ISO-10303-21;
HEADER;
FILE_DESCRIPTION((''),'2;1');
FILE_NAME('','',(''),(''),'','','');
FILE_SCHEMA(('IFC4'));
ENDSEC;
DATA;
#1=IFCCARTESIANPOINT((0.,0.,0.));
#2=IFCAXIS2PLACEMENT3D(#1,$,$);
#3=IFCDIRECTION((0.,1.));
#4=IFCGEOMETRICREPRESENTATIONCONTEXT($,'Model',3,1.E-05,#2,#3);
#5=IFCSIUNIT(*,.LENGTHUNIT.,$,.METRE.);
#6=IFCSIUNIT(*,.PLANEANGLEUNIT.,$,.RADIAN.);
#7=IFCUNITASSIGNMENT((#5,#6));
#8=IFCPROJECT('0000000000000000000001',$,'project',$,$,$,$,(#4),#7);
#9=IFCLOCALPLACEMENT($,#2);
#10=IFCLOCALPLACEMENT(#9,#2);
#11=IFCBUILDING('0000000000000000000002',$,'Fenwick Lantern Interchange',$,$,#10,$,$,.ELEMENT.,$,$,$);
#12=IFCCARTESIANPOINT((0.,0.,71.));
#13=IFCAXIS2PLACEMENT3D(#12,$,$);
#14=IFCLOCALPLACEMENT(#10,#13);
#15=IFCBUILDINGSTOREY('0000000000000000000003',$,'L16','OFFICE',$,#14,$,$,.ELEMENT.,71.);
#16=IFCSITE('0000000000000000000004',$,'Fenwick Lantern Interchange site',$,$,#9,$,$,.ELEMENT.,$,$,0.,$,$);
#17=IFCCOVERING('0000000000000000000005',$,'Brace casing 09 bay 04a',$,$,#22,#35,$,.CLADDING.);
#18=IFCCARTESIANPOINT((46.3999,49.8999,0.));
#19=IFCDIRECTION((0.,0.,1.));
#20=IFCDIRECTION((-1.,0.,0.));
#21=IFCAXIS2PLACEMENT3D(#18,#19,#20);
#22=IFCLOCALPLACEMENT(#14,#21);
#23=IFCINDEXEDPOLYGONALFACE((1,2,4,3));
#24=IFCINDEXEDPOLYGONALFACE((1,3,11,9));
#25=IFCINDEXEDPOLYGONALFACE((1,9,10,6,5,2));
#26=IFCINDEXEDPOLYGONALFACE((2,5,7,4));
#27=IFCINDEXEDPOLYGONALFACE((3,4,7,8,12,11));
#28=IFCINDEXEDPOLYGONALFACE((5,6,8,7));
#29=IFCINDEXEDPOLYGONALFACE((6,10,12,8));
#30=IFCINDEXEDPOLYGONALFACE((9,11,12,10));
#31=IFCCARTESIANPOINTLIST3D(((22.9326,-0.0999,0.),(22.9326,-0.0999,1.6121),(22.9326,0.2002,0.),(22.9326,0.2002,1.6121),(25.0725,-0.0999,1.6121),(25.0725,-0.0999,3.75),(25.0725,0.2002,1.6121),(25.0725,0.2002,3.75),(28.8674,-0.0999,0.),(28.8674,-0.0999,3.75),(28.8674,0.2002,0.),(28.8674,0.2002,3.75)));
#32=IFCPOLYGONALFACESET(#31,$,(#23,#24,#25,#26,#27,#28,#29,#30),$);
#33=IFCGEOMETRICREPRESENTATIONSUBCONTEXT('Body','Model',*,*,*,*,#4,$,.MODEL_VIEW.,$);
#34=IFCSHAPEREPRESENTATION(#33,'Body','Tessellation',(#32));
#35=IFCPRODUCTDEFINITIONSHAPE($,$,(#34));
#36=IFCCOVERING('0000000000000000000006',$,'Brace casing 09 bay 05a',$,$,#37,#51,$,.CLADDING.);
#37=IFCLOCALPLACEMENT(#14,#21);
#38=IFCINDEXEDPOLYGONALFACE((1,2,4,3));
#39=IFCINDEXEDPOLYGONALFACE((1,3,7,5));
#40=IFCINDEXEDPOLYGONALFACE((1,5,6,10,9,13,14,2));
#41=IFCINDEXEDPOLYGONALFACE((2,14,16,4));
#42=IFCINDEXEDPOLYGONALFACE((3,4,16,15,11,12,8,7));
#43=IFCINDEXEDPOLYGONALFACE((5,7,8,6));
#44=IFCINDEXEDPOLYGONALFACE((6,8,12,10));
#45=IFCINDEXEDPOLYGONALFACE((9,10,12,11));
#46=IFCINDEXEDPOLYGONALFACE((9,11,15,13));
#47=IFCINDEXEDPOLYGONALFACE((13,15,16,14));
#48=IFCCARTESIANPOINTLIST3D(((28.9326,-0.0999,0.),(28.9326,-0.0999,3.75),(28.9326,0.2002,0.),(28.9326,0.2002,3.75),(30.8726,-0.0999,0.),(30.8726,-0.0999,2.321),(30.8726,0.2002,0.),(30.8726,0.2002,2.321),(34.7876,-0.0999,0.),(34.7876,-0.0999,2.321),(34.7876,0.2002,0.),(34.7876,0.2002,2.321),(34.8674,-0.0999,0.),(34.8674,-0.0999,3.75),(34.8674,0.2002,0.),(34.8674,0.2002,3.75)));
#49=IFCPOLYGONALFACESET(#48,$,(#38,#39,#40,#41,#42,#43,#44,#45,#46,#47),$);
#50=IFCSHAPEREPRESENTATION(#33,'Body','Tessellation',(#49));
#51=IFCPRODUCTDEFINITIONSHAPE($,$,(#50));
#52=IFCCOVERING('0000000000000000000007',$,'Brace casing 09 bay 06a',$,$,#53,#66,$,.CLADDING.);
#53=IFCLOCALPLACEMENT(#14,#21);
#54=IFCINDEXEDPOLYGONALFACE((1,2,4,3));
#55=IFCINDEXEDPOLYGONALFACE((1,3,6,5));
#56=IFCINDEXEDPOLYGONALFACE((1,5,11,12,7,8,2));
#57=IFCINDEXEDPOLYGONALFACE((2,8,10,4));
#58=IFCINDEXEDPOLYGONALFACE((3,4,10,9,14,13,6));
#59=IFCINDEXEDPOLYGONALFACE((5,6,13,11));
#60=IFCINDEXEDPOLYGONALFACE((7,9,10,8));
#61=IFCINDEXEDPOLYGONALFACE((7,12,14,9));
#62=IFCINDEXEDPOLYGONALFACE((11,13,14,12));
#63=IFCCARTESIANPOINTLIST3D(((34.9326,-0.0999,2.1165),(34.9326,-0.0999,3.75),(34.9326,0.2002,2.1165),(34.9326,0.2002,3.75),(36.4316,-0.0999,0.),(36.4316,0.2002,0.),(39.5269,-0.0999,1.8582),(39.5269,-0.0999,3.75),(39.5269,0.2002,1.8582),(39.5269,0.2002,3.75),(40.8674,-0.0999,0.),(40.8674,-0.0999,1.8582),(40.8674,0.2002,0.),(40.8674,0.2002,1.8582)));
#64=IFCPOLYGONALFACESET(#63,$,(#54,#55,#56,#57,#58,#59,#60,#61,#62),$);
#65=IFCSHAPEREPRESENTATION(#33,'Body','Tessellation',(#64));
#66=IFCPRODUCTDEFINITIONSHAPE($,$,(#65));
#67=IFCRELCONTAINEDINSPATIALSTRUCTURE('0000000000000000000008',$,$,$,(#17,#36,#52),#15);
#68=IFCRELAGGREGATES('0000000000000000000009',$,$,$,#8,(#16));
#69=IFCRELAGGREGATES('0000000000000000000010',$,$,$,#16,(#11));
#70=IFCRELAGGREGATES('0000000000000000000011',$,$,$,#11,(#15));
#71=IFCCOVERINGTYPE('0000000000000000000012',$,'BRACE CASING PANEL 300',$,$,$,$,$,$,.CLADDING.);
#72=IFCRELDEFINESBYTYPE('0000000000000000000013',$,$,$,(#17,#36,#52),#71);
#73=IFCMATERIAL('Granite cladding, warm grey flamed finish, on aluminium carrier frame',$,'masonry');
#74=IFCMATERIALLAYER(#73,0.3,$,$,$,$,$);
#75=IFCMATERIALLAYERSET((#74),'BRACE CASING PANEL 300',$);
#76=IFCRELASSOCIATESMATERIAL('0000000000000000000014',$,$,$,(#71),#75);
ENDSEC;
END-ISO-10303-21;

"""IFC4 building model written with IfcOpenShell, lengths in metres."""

from ifc_helpers import new_model, si_unit, direction, frame, origin, place, context, subcontext, project, spatial, polyline, outline, extrude, material, layer, layer_set, type_object, element, save


model = new_model("IFC4")

# Units and contexts
model_context = context("Model", 3, precision=1e-05, world=origin(), true_north=direction((0.0, 1.0)))
body_context = subcontext(model_context, "Body", "Model", "MODEL_VIEW")
ifc_project = project(units=[si_unit("LENGTHUNIT", "METRE"), si_unit("PLANEANGLEUNIT", "RADIAN")], contexts=[model_context])

# Site, building, storey
site_placement = place(None, origin())
site = spatial("IfcSite", under=ifc_project, at=site_placement, Name="Fenwick Lantern Interchange site", CompositionType="ELEMENT", RefElevation=0.0)
building_placement = place(site_placement, origin())
building = spatial("IfcBuilding", under=site, at=building_placement, Name="Fenwick Lantern Interchange", CompositionType="ELEMENT")
storey_placement = place(building_placement, frame((0.0, 0.0, 71.0)))
storey = spatial("IfcBuildingStorey", under=building, at=storey_placement, Name="L16", Description="OFFICE", CompositionType="ELEMENT", Elevation=71.0)

# Coverings
ifc_material_1 = material(Name="Granite cladding, warm grey flamed finish, on aluminium carrier frame", Category="masonry")
ifc_layer_1 = layer(ifc_material_1, 0.3)
ifc_layer_set_1 = layer_set([ifc_layer_1], Name="BRACE CASING PANEL 300")
covering_type = type_object("IfcCoveringType", Name="BRACE CASING PANEL 300", PredefinedType="CLADDING", material=ifc_layer_set_1)
covering_1_placement = place(storey_placement, frame((46.3999, 49.8999, 0.0), z_axis=(0.0, 0.0, 1.0), x_axis=(-1.0, 0.0, 0.0)))
element("IfcCovering", 1, at=covering_1_placement, inside=storey, type_object=covering_type, Name="Brace casing 09 bay 04a", PredefinedType="CLADDING", context=body_context, shape_type="SweptSolid", body=[
    extrude(outline(polyline([(22.9326, 0.0), (28.8674, 0.0), (28.8674, 3.75), (25.0725, 3.75), (25.0725, 1.6121), (22.9326, 1.6121), (22.9326, 0.0)])), frame((0.0, 0.2002, 0.0), z_axis=(0.0, -1.0, 0.0), x_axis=(1.0, 0.0, 0.0)), (0.0, 0.0, 1.0), 0.3),
])
covering_2_placement = place(storey_placement, frame((46.3999, 49.8999, 0.0), z_axis=(0.0, 0.0, 1.0), x_axis=(-1.0, 0.0, 0.0)))
element("IfcCovering", 2, at=covering_2_placement, inside=storey, type_object=covering_type, Name="Brace casing 09 bay 05a", PredefinedType="CLADDING", context=body_context, shape_type="SweptSolid", body=[
    extrude(outline(polyline([(28.9326, 0.0), (30.8726, 0.0), (30.8726, 2.321), (34.7876, 2.321), (34.7876, 0.0), (34.8674, 0.0), (34.8674, 3.75), (28.9326, 3.75), (28.9326, 0.0)])), frame((0.0, 0.2002, 0.0), z_axis=(0.0, -1.0, 0.0), x_axis=(1.0, 0.0, 0.0)), (0.0, 0.0, 1.0), 0.3),
])
covering_3_placement = place(storey_placement, frame((46.3999, 49.8999, 0.0), z_axis=(0.0, 0.0, 1.0), x_axis=(-1.0, 0.0, 0.0)))
element("IfcCovering", 3, at=covering_3_placement, inside=storey, type_object=covering_type, Name="Brace casing 09 bay 06a", PredefinedType="CLADDING", context=body_context, shape_type="SweptSolid", body=[
    extrude(outline(polyline([(36.4316, 0.0), (40.8674, 0.0), (40.8674, 1.8582), (39.5269, 1.8582), (39.5269, 3.75), (34.9326, 3.75), (34.9326, 2.1165), (36.4316, 0.0)])), frame((0.0, 0.2002, 0.0), z_axis=(0.0, -1.0, 0.0), x_axis=(1.0, 0.0, 0.0)), (0.0, 0.0, 1.0), 0.3),
])

save(model, "model.ifc")
